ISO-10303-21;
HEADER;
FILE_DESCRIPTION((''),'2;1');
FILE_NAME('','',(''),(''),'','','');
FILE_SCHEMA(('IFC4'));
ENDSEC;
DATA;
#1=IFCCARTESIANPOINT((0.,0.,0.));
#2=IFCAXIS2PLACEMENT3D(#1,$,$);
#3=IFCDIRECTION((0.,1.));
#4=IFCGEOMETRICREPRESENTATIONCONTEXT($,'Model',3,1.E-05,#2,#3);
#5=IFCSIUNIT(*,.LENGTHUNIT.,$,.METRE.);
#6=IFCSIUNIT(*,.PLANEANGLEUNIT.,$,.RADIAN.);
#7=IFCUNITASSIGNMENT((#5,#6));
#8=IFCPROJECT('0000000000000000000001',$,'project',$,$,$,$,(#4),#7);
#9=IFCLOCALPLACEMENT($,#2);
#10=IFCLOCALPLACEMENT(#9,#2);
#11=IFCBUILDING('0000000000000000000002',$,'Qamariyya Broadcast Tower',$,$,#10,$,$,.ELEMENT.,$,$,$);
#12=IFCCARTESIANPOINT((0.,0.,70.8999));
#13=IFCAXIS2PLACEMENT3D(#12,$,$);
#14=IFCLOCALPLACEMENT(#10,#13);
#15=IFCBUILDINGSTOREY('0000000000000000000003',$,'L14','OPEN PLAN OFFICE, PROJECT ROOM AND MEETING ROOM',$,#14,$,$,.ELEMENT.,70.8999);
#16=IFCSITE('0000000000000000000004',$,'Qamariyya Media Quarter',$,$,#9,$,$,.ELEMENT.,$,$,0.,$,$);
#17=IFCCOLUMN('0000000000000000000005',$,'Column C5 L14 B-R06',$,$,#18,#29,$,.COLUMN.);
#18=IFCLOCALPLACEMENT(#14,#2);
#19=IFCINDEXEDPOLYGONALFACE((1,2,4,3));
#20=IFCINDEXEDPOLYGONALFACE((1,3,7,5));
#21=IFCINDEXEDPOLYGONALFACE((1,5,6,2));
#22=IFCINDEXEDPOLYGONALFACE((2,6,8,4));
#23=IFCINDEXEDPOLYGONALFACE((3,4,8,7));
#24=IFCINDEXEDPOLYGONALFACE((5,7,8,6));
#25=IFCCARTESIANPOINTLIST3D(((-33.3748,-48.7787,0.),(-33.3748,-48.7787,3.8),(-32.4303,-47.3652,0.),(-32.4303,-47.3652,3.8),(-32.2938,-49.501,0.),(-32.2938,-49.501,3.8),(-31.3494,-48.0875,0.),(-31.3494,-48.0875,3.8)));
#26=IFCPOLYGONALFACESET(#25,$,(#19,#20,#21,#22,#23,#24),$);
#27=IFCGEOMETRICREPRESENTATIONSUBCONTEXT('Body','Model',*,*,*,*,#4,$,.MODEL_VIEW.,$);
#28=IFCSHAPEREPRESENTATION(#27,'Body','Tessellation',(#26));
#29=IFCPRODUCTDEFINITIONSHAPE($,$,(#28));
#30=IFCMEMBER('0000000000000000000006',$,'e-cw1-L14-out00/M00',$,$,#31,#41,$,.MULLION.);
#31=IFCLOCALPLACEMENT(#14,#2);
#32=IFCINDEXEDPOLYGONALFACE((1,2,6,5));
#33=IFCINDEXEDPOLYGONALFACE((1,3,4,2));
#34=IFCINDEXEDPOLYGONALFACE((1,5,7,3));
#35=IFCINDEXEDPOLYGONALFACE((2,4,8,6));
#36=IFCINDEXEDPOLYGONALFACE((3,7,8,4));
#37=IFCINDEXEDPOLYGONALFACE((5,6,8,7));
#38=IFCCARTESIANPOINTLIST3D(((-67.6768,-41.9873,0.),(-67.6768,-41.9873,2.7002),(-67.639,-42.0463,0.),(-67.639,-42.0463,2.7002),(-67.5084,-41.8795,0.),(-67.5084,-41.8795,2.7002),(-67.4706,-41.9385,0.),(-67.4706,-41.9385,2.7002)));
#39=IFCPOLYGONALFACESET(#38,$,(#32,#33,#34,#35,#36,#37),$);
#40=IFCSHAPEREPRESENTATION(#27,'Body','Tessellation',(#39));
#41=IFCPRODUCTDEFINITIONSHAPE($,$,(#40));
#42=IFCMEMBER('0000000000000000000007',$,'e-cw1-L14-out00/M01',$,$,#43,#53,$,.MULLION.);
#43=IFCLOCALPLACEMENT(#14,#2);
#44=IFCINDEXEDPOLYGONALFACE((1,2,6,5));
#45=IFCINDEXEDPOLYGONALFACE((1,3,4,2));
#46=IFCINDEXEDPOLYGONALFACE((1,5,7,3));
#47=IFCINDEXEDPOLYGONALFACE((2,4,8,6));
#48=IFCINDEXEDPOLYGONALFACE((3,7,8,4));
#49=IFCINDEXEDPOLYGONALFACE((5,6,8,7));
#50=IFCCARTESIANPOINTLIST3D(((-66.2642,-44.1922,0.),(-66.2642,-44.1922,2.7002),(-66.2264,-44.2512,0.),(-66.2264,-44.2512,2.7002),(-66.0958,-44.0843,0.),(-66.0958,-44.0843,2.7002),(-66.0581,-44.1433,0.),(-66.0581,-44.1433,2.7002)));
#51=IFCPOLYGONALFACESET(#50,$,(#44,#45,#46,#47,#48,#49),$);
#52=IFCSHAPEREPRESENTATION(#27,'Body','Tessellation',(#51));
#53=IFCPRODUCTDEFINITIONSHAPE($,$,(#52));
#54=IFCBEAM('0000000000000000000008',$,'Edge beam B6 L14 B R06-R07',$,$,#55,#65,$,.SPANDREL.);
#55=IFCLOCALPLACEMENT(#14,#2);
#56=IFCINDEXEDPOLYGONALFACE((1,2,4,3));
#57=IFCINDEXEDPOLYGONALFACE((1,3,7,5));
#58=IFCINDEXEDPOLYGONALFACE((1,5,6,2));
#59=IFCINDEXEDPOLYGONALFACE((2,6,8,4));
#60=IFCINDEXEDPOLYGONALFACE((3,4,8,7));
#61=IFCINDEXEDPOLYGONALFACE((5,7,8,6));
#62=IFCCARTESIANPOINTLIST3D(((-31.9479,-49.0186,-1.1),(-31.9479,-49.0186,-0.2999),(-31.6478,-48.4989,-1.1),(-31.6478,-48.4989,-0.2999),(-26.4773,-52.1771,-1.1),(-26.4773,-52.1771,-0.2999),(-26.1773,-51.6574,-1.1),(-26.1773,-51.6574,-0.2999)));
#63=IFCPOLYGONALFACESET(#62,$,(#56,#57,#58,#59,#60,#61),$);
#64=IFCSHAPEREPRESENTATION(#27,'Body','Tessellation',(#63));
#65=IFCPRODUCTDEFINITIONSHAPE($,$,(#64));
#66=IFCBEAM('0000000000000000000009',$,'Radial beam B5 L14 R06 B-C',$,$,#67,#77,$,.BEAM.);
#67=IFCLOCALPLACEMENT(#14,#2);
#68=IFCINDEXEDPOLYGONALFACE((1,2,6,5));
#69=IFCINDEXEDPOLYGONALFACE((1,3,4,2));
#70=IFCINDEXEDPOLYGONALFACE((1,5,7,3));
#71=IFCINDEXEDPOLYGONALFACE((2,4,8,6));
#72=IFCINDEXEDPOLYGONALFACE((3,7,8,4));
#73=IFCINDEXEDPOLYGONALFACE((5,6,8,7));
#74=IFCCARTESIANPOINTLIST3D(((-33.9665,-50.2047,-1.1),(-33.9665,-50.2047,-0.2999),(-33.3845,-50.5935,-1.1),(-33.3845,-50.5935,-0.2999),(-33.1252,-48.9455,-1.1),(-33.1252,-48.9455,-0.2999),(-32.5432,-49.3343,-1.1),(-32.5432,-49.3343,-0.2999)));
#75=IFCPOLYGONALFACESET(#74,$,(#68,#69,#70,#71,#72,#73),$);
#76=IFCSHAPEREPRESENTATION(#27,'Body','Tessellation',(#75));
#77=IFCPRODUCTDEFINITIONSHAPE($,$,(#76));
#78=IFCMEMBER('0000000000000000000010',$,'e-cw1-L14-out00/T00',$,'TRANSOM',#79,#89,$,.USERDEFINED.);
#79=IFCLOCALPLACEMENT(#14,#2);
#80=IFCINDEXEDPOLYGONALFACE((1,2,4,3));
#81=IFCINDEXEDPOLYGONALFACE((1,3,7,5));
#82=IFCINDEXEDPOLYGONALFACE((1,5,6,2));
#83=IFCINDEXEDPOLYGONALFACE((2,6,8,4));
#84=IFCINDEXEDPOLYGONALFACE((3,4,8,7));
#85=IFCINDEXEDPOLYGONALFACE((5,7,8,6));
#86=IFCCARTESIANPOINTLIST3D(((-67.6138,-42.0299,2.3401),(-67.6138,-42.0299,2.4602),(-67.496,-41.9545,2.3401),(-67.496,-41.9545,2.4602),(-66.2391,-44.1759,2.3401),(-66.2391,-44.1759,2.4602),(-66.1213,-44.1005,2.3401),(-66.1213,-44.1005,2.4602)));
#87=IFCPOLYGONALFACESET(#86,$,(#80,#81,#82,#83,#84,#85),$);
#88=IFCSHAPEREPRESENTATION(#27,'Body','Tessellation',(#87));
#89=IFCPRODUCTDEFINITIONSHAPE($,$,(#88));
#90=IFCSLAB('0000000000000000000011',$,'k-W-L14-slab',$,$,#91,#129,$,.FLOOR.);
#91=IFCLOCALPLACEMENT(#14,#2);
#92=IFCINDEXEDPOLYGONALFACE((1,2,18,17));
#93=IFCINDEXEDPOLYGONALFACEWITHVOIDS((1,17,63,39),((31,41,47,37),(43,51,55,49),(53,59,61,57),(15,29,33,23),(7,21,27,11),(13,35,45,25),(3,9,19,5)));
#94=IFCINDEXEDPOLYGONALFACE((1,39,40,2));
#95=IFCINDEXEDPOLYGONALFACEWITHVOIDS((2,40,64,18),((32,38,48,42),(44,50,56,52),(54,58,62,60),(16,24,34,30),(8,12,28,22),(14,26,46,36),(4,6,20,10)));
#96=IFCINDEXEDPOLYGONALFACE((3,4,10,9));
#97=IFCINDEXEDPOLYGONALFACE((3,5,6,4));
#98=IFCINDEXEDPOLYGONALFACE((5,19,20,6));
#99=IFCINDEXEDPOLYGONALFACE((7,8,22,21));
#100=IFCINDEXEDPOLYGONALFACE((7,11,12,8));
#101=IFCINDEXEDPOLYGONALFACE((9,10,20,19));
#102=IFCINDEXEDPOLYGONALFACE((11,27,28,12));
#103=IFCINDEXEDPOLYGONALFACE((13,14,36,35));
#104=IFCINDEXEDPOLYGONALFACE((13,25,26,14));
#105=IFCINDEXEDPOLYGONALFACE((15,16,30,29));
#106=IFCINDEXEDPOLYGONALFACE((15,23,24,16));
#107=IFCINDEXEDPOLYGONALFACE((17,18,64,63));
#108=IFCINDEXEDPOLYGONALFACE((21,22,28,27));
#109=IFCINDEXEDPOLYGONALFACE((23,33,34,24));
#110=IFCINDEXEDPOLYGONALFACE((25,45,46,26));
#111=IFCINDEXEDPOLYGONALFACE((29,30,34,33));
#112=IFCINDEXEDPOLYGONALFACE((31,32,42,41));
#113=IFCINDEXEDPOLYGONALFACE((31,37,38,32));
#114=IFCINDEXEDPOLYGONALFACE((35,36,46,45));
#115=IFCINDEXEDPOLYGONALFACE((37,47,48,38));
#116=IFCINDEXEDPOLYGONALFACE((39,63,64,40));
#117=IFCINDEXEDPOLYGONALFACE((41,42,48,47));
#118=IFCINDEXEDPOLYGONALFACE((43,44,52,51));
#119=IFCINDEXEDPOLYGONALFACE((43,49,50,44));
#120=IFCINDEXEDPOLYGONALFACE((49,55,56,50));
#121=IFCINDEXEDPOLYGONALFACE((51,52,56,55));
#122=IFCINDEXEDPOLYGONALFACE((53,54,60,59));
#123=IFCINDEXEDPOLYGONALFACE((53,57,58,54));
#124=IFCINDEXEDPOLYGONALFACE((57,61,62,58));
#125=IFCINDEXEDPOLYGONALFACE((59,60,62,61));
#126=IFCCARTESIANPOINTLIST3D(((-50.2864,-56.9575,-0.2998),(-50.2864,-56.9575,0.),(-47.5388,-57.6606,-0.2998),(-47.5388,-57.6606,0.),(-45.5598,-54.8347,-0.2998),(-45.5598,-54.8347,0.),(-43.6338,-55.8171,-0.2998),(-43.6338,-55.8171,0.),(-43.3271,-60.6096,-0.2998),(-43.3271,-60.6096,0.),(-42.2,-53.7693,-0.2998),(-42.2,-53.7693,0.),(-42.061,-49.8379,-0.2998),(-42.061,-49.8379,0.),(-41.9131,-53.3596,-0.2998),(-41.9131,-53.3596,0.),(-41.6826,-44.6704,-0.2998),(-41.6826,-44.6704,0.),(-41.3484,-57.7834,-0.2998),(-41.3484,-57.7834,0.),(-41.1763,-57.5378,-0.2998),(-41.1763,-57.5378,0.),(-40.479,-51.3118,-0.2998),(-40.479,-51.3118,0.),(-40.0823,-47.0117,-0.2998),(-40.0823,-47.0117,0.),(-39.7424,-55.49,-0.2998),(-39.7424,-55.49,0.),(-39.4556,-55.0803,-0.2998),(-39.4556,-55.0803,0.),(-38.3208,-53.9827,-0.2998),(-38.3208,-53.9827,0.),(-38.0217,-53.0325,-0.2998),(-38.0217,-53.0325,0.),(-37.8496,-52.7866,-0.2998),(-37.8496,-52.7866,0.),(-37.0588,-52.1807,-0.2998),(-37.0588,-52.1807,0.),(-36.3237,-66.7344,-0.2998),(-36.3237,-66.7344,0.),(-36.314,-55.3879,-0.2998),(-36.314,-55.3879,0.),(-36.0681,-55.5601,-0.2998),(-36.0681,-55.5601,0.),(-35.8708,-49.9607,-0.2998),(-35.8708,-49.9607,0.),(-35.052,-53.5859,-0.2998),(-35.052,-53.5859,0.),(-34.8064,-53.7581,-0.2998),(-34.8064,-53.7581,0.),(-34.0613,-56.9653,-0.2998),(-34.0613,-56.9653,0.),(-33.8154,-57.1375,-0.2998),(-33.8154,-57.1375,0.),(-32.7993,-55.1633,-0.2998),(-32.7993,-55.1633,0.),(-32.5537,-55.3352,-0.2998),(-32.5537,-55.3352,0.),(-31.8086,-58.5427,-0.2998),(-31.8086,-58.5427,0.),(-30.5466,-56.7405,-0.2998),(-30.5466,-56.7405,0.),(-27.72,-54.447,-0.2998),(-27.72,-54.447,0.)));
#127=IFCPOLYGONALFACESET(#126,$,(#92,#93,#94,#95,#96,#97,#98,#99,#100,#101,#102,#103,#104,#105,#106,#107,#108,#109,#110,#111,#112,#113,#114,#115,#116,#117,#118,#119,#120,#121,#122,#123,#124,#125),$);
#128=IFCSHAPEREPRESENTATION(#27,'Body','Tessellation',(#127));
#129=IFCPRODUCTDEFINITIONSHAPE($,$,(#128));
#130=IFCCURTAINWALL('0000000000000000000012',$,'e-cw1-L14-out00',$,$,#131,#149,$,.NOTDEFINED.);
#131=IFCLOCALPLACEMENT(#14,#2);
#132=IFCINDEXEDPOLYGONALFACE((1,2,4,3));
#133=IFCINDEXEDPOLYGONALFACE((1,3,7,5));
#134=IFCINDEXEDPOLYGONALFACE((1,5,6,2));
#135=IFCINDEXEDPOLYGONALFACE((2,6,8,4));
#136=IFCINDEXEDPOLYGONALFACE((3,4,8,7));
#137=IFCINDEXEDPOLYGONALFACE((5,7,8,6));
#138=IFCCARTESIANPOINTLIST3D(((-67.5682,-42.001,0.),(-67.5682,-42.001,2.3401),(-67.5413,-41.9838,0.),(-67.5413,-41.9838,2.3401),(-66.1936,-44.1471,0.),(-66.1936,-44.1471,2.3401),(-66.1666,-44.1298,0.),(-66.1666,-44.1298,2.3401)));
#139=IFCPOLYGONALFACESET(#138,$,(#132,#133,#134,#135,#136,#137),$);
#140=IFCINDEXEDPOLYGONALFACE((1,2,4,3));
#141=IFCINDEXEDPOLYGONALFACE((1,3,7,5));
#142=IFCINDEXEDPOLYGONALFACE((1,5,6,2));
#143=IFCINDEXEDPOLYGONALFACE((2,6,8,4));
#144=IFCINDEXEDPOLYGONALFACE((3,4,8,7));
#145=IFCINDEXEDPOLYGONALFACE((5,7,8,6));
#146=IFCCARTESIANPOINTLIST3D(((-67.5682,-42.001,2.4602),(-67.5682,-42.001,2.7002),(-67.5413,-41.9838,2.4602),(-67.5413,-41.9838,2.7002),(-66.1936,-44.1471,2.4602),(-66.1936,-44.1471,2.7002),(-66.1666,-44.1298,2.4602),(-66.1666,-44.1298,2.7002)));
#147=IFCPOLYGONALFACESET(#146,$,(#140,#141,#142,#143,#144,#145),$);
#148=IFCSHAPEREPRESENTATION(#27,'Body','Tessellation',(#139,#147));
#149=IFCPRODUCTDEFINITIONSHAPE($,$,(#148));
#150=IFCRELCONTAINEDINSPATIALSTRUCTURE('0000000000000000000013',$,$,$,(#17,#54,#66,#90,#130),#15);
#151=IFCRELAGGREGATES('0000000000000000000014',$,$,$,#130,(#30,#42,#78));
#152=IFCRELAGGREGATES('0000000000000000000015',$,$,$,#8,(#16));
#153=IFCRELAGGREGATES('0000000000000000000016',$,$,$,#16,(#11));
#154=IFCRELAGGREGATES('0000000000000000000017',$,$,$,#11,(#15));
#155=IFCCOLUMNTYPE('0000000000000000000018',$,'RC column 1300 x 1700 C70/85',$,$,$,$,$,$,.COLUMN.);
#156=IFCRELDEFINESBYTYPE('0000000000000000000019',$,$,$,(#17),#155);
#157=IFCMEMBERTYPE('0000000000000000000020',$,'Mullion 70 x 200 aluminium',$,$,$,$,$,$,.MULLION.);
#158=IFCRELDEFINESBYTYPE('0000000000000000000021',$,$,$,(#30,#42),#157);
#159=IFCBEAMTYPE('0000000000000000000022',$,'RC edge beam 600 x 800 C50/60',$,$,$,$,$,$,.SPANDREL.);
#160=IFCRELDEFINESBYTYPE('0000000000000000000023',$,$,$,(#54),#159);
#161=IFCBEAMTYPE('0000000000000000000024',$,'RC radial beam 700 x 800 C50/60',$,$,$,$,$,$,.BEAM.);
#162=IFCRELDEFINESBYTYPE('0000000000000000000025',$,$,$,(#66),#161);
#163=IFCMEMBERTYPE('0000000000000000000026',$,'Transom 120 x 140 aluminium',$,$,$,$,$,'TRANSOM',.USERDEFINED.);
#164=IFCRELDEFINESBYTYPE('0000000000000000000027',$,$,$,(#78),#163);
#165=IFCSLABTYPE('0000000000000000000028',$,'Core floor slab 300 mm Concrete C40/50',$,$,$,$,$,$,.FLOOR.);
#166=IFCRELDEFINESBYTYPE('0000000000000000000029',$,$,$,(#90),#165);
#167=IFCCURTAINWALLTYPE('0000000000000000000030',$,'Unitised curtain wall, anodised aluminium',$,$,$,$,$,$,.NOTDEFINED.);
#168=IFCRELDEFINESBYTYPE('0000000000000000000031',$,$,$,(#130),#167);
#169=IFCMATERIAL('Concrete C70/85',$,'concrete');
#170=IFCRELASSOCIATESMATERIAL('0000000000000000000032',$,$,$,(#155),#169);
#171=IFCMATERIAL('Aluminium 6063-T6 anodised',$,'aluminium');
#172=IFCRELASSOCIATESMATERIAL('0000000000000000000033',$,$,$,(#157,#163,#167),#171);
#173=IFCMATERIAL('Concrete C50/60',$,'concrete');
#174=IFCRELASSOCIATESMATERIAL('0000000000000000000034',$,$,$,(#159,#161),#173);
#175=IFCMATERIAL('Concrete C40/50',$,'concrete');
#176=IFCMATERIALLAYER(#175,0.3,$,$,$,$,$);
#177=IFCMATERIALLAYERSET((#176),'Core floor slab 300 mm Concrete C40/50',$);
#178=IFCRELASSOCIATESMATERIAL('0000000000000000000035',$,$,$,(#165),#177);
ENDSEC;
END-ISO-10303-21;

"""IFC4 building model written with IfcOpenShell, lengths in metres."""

from ifc_helpers import new_model, si_unit, direction, frame, origin, origin_2d, place, context, subcontext, project, spatial, polyline, rectangle, outline, extrude, material, layer, layer_set, material_profile, profile_set, type_object, element, aggregate, save


model = new_model("IFC4")

# Units and contexts
model_context = context("Model", 3, precision=1e-05, world=origin(), true_north=direction((0.0, 1.0)))
body_context = subcontext(model_context, "Body", "Model", "MODEL_VIEW")
ifc_project = project(units=[si_unit("LENGTHUNIT", "METRE"), si_unit("PLANEANGLEUNIT", "RADIAN")], contexts=[model_context])

# Site, building, storey
site_placement = place(None, origin())
site = spatial("IfcSite", under=ifc_project, at=site_placement, Name="Qamariyya Media Quarter", CompositionType="ELEMENT", RefElevation=0.0)
building_placement = place(site_placement, origin())
building = spatial("IfcBuilding", under=site, at=building_placement, Name="Qamariyya Broadcast Tower", CompositionType="ELEMENT")
storey_placement = place(building_placement, frame((0.0, 0.0, 70.8999)))
storey = spatial("IfcBuildingStorey", under=building, at=storey_placement, Name="L14", Description="OPEN PLAN OFFICE, PROJECT ROOM AND MEETING ROOM", CompositionType="ELEMENT", Elevation=70.8999)

# Column
ifc_material_1 = material(Name="Concrete C70/85", Category="concrete")
ifc_material_profile_1 = material_profile(ifc_material_1, rectangle(XDim=1.3, YDim=1.7, at=origin_2d()))
ifc_profile_set_1 = profile_set([ifc_material_profile_1], Name="Concrete C70/85")
column_type = type_object("IfcColumnType", Name="RC column 1300 x 1700 C70/85", PredefinedType="COLUMN", material=ifc_profile_set_1)
column_placement = place(storey_placement, frame((-32.3621, -48.4331, 0.0), z_axis=(0.0, 0.0, 1.0), x_axis=(0.83147, -0.55557, 0.0)))
element("IfcColumn", 1, at=column_placement, inside=storey, type_object=column_type, Name="Column C5 L14 B-R06", PredefinedType="COLUMN", context=body_context, shape_type="SweptSolid", body=[
    extrude(rectangle(XDim=1.3, YDim=1.7, at=origin_2d()), origin(), (0.0, 0.0, 1.0), 3.8),
])

# Members
ifc_material_2 = material(Name="Aluminium 6063-T6 anodised", Category="aluminium")
ifc_material_profile_2 = material_profile(ifc_material_2, rectangle(XDim=0.2, YDim=0.0701, at=origin_2d()))
ifc_profile_set_2 = profile_set([ifc_material_profile_2], Name="Aluminium 6063-T6 anodised")
member_type_1 = type_object("IfcMemberType", Name="Mullion 70 x 200 aluminium", PredefinedType="MULLION", material=ifc_profile_set_2)
member_1_placement = place(storey_placement, frame((-67.5737, -41.9629, 0.0), z_axis=(0.0, 0.0, 1.0), x_axis=(0.842034, 0.539424, 0.0)))
member_1 = element("IfcMember", 2, at=member_1_placement, type_object=member_type_1, Name="e-cw1-L14-out00/M00", PredefinedType="MULLION", context=body_context, shape_type="SweptSolid", body=[
    extrude(rectangle(XDim=0.2, YDim=0.0701, at=origin_2d()), origin(), (0.0, 0.0, 1.0), 2.7002),
])
member_2_placement = place(storey_placement, frame((-66.1611, -44.1677, 0.0), z_axis=(0.0, 0.0, 1.0), x_axis=(0.842034, 0.539424, 0.0)))
member_2 = element("IfcMember", 3, at=member_2_placement, type_object=member_type_1, Name="e-cw1-L14-out00/M01", PredefinedType="MULLION", context=body_context, shape_type="SweptSolid", body=[
    extrude(rectangle(XDim=0.2, YDim=0.0701, at=origin_2d()), origin(), (0.0, 0.0, 1.0), 2.7002),
])

# Beams
ifc_material_3 = material(Name="Concrete C50/60", Category="concrete")
ifc_material_profile_3 = material_profile(ifc_material_3, rectangle(XDim=0.6001, YDim=0.8, at=origin_2d()))
ifc_profile_set_3 = profile_set([ifc_material_profile_3], Name="Concrete C50/60")
beam_type_1 = type_object("IfcBeamType", Name="RC edge beam 600 x 800 C50/60", PredefinedType="SPANDREL", material=ifc_profile_set_3)
beam_1_placement = place(storey_placement, frame((-31.7979, -48.7588, -0.7), z_axis=(0.86602, -0.500009, 0.0), x_axis=(0.500009, 0.86602, 0.0)))
element("IfcBeam", 4, at=beam_1_placement, inside=storey, type_object=beam_type_1, Name="Edge beam B6 L14 B R06-R07", PredefinedType="SPANDREL", context=body_context, shape_type="SweptSolid", body=[
    extrude(rectangle(XDim=0.6001, YDim=0.8, at=origin_2d()), origin(), (0.0, 0.0, 1.0), 6.3169),
])
ifc_material_profile_4 = material_profile(ifc_material_3, rectangle(XDim=0.7, YDim=0.8, at=origin_2d()))
ifc_profile_set_4 = profile_set([ifc_material_profile_4], Name="Concrete C50/60")
beam_type_2 = type_object("IfcBeamType", Name="RC radial beam 700 x 800 C50/60", PredefinedType="BEAM", material=ifc_profile_set_4)
beam_2_placement = place(storey_placement, frame((-32.8342, -49.1399, -0.7), z_axis=(-0.555518, -0.831504, 0.0), x_axis=(0.831504, -0.555518, 0.0)))
element("IfcBeam", 5, at=beam_2_placement, inside=storey, type_object=beam_type_2, Name="Radial beam B5 L14 R06 B-C", PredefinedType="BEAM", context=body_context, shape_type="SweptSolid", body=[
    extrude(rectangle(XDim=0.7, YDim=0.8, at=origin_2d()), origin(), (0.0, 0.0, 1.0), 1.5144),
])

# Member
ifc_material_profile_5 = material_profile(ifc_material_2, rectangle(XDim=0.1399, YDim=0.1201, at=origin_2d()))
ifc_profile_set_5 = profile_set([ifc_material_profile_5], Name="Aluminium 6063-T6 anodised")
member_type_2 = type_object("IfcMemberType", Name="Transom 120 x 140 aluminium", ElementType="TRANSOM", PredefinedType="USERDEFINED", material=ifc_profile_set_5)
member_3_placement = place(storey_placement, frame((-67.5549, -41.9922, 2.4001), z_axis=(0.539421, -0.842036, 0.0), x_axis=(0.842036, 0.539421, 0.0)))
member_3 = element("IfcMember", 6, at=member_3_placement, type_object=member_type_2, Name="e-cw1-L14-out00/T00", ObjectType="TRANSOM", PredefinedType="USERDEFINED", context=body_context, shape_type="SweptSolid", body=[
    extrude(rectangle(XDim=0.1399, YDim=0.1201, at=origin_2d()), origin(), (0.0, 0.0, 1.0), 2.5486),
])

# Slab
ifc_material_4 = material(Name="Concrete C40/50", Category="concrete")
ifc_layer_1 = layer(ifc_material_4, 0.3)
ifc_layer_set_1 = layer_set([ifc_layer_1], Name="Core floor slab 300 mm Concrete C40/50")
slab_type_1 = type_object("IfcSlabType", Name="Core floor slab 300 mm Concrete C40/50", PredefinedType="FLOOR", material=ifc_layer_set_1)
slab_1_placement = place(storey_placement, frame((0.0, 0.0, -0.2998)))
element("IfcSlab", 7, at=slab_1_placement, inside=storey, type_object=slab_type_1, Name="k-W-L14-slab", PredefinedType="FLOOR", context=body_context, shape_type="SweptSolid", body=[
    extrude(outline(polyline([(-50.2864, -56.9575), (-36.3237, -66.7344), (-27.72, -54.447), (-41.6826, -44.6704), (-50.2864, -56.9575)]), holes=[polyline([(-31.8086, -58.5427), (-33.8154, -57.1375), (-32.5537, -55.3352), (-30.5466, -56.7405), (-31.8086, -58.5427)]), polyline([(-34.0613, -56.9653), (-36.0681, -55.5601), (-34.8064, -53.7581), (-32.7993, -55.1633), (-34.0613, -56.9653)]), polyline([(-36.314, -55.3879), (-38.3208, -53.9827), (-37.0588, -52.1807), (-35.052, -53.5859), (-36.314, -55.3879)]), polyline([(-39.7424, -55.49), (-42.2, -53.7693), (-43.6338, -55.8171), (-41.1763, -57.5378), (-39.7424, -55.49)]), polyline([(-39.4556, -55.0803), (-41.9131, -53.3596), (-40.479, -51.3118), (-38.0217, -53.0325), (-39.4556, -55.0803)]), polyline([(-42.061, -49.8379), (-37.8496, -52.7866), (-35.8708, -49.9607), (-40.0823, -47.0117), (-42.061, -49.8379)]), polyline([(-47.5388, -57.6606), (-43.3271, -60.6096), (-41.3484, -57.7834), (-45.5598, -54.8347), (-47.5388, -57.6606)])]), origin(), (0.0, 0.0, 1.0), 0.2998),
])

# Curtain wall
curtain_wall_type = type_object("IfcCurtainWallType", Name="Unitised curtain wall, anodised aluminium", PredefinedType="NOTDEFINED", material=ifc_material_2)
curtain_wall_placement = place(storey_placement, origin())
curtain_wall = element("IfcCurtainWall", 8, at=curtain_wall_placement, inside=storey, type_object=curtain_wall_type, Name="e-cw1-L14-out00", PredefinedType="NOTDEFINED", context=body_context, shape_type="SweptSolid", body=[
    extrude(rectangle(XDim=2.5486, YDim=0.032, at=origin_2d()), frame((-66.8674, -43.0654, 0.0), x_axis=(0.539394, -0.842054, 0.0)), (0.0, 0.0, 1.0), 2.3401),
    extrude(rectangle(XDim=2.5486, YDim=0.032, at=origin_2d()), frame((-66.8674, -43.0654, 2.4602), x_axis=(0.539394, -0.842054, 0.0)), (0.0, 0.0, 1.0), 0.24),
])
aggregate(curtain_wall, [member_1, member_2, member_3])

save(model, "model.ifc")
